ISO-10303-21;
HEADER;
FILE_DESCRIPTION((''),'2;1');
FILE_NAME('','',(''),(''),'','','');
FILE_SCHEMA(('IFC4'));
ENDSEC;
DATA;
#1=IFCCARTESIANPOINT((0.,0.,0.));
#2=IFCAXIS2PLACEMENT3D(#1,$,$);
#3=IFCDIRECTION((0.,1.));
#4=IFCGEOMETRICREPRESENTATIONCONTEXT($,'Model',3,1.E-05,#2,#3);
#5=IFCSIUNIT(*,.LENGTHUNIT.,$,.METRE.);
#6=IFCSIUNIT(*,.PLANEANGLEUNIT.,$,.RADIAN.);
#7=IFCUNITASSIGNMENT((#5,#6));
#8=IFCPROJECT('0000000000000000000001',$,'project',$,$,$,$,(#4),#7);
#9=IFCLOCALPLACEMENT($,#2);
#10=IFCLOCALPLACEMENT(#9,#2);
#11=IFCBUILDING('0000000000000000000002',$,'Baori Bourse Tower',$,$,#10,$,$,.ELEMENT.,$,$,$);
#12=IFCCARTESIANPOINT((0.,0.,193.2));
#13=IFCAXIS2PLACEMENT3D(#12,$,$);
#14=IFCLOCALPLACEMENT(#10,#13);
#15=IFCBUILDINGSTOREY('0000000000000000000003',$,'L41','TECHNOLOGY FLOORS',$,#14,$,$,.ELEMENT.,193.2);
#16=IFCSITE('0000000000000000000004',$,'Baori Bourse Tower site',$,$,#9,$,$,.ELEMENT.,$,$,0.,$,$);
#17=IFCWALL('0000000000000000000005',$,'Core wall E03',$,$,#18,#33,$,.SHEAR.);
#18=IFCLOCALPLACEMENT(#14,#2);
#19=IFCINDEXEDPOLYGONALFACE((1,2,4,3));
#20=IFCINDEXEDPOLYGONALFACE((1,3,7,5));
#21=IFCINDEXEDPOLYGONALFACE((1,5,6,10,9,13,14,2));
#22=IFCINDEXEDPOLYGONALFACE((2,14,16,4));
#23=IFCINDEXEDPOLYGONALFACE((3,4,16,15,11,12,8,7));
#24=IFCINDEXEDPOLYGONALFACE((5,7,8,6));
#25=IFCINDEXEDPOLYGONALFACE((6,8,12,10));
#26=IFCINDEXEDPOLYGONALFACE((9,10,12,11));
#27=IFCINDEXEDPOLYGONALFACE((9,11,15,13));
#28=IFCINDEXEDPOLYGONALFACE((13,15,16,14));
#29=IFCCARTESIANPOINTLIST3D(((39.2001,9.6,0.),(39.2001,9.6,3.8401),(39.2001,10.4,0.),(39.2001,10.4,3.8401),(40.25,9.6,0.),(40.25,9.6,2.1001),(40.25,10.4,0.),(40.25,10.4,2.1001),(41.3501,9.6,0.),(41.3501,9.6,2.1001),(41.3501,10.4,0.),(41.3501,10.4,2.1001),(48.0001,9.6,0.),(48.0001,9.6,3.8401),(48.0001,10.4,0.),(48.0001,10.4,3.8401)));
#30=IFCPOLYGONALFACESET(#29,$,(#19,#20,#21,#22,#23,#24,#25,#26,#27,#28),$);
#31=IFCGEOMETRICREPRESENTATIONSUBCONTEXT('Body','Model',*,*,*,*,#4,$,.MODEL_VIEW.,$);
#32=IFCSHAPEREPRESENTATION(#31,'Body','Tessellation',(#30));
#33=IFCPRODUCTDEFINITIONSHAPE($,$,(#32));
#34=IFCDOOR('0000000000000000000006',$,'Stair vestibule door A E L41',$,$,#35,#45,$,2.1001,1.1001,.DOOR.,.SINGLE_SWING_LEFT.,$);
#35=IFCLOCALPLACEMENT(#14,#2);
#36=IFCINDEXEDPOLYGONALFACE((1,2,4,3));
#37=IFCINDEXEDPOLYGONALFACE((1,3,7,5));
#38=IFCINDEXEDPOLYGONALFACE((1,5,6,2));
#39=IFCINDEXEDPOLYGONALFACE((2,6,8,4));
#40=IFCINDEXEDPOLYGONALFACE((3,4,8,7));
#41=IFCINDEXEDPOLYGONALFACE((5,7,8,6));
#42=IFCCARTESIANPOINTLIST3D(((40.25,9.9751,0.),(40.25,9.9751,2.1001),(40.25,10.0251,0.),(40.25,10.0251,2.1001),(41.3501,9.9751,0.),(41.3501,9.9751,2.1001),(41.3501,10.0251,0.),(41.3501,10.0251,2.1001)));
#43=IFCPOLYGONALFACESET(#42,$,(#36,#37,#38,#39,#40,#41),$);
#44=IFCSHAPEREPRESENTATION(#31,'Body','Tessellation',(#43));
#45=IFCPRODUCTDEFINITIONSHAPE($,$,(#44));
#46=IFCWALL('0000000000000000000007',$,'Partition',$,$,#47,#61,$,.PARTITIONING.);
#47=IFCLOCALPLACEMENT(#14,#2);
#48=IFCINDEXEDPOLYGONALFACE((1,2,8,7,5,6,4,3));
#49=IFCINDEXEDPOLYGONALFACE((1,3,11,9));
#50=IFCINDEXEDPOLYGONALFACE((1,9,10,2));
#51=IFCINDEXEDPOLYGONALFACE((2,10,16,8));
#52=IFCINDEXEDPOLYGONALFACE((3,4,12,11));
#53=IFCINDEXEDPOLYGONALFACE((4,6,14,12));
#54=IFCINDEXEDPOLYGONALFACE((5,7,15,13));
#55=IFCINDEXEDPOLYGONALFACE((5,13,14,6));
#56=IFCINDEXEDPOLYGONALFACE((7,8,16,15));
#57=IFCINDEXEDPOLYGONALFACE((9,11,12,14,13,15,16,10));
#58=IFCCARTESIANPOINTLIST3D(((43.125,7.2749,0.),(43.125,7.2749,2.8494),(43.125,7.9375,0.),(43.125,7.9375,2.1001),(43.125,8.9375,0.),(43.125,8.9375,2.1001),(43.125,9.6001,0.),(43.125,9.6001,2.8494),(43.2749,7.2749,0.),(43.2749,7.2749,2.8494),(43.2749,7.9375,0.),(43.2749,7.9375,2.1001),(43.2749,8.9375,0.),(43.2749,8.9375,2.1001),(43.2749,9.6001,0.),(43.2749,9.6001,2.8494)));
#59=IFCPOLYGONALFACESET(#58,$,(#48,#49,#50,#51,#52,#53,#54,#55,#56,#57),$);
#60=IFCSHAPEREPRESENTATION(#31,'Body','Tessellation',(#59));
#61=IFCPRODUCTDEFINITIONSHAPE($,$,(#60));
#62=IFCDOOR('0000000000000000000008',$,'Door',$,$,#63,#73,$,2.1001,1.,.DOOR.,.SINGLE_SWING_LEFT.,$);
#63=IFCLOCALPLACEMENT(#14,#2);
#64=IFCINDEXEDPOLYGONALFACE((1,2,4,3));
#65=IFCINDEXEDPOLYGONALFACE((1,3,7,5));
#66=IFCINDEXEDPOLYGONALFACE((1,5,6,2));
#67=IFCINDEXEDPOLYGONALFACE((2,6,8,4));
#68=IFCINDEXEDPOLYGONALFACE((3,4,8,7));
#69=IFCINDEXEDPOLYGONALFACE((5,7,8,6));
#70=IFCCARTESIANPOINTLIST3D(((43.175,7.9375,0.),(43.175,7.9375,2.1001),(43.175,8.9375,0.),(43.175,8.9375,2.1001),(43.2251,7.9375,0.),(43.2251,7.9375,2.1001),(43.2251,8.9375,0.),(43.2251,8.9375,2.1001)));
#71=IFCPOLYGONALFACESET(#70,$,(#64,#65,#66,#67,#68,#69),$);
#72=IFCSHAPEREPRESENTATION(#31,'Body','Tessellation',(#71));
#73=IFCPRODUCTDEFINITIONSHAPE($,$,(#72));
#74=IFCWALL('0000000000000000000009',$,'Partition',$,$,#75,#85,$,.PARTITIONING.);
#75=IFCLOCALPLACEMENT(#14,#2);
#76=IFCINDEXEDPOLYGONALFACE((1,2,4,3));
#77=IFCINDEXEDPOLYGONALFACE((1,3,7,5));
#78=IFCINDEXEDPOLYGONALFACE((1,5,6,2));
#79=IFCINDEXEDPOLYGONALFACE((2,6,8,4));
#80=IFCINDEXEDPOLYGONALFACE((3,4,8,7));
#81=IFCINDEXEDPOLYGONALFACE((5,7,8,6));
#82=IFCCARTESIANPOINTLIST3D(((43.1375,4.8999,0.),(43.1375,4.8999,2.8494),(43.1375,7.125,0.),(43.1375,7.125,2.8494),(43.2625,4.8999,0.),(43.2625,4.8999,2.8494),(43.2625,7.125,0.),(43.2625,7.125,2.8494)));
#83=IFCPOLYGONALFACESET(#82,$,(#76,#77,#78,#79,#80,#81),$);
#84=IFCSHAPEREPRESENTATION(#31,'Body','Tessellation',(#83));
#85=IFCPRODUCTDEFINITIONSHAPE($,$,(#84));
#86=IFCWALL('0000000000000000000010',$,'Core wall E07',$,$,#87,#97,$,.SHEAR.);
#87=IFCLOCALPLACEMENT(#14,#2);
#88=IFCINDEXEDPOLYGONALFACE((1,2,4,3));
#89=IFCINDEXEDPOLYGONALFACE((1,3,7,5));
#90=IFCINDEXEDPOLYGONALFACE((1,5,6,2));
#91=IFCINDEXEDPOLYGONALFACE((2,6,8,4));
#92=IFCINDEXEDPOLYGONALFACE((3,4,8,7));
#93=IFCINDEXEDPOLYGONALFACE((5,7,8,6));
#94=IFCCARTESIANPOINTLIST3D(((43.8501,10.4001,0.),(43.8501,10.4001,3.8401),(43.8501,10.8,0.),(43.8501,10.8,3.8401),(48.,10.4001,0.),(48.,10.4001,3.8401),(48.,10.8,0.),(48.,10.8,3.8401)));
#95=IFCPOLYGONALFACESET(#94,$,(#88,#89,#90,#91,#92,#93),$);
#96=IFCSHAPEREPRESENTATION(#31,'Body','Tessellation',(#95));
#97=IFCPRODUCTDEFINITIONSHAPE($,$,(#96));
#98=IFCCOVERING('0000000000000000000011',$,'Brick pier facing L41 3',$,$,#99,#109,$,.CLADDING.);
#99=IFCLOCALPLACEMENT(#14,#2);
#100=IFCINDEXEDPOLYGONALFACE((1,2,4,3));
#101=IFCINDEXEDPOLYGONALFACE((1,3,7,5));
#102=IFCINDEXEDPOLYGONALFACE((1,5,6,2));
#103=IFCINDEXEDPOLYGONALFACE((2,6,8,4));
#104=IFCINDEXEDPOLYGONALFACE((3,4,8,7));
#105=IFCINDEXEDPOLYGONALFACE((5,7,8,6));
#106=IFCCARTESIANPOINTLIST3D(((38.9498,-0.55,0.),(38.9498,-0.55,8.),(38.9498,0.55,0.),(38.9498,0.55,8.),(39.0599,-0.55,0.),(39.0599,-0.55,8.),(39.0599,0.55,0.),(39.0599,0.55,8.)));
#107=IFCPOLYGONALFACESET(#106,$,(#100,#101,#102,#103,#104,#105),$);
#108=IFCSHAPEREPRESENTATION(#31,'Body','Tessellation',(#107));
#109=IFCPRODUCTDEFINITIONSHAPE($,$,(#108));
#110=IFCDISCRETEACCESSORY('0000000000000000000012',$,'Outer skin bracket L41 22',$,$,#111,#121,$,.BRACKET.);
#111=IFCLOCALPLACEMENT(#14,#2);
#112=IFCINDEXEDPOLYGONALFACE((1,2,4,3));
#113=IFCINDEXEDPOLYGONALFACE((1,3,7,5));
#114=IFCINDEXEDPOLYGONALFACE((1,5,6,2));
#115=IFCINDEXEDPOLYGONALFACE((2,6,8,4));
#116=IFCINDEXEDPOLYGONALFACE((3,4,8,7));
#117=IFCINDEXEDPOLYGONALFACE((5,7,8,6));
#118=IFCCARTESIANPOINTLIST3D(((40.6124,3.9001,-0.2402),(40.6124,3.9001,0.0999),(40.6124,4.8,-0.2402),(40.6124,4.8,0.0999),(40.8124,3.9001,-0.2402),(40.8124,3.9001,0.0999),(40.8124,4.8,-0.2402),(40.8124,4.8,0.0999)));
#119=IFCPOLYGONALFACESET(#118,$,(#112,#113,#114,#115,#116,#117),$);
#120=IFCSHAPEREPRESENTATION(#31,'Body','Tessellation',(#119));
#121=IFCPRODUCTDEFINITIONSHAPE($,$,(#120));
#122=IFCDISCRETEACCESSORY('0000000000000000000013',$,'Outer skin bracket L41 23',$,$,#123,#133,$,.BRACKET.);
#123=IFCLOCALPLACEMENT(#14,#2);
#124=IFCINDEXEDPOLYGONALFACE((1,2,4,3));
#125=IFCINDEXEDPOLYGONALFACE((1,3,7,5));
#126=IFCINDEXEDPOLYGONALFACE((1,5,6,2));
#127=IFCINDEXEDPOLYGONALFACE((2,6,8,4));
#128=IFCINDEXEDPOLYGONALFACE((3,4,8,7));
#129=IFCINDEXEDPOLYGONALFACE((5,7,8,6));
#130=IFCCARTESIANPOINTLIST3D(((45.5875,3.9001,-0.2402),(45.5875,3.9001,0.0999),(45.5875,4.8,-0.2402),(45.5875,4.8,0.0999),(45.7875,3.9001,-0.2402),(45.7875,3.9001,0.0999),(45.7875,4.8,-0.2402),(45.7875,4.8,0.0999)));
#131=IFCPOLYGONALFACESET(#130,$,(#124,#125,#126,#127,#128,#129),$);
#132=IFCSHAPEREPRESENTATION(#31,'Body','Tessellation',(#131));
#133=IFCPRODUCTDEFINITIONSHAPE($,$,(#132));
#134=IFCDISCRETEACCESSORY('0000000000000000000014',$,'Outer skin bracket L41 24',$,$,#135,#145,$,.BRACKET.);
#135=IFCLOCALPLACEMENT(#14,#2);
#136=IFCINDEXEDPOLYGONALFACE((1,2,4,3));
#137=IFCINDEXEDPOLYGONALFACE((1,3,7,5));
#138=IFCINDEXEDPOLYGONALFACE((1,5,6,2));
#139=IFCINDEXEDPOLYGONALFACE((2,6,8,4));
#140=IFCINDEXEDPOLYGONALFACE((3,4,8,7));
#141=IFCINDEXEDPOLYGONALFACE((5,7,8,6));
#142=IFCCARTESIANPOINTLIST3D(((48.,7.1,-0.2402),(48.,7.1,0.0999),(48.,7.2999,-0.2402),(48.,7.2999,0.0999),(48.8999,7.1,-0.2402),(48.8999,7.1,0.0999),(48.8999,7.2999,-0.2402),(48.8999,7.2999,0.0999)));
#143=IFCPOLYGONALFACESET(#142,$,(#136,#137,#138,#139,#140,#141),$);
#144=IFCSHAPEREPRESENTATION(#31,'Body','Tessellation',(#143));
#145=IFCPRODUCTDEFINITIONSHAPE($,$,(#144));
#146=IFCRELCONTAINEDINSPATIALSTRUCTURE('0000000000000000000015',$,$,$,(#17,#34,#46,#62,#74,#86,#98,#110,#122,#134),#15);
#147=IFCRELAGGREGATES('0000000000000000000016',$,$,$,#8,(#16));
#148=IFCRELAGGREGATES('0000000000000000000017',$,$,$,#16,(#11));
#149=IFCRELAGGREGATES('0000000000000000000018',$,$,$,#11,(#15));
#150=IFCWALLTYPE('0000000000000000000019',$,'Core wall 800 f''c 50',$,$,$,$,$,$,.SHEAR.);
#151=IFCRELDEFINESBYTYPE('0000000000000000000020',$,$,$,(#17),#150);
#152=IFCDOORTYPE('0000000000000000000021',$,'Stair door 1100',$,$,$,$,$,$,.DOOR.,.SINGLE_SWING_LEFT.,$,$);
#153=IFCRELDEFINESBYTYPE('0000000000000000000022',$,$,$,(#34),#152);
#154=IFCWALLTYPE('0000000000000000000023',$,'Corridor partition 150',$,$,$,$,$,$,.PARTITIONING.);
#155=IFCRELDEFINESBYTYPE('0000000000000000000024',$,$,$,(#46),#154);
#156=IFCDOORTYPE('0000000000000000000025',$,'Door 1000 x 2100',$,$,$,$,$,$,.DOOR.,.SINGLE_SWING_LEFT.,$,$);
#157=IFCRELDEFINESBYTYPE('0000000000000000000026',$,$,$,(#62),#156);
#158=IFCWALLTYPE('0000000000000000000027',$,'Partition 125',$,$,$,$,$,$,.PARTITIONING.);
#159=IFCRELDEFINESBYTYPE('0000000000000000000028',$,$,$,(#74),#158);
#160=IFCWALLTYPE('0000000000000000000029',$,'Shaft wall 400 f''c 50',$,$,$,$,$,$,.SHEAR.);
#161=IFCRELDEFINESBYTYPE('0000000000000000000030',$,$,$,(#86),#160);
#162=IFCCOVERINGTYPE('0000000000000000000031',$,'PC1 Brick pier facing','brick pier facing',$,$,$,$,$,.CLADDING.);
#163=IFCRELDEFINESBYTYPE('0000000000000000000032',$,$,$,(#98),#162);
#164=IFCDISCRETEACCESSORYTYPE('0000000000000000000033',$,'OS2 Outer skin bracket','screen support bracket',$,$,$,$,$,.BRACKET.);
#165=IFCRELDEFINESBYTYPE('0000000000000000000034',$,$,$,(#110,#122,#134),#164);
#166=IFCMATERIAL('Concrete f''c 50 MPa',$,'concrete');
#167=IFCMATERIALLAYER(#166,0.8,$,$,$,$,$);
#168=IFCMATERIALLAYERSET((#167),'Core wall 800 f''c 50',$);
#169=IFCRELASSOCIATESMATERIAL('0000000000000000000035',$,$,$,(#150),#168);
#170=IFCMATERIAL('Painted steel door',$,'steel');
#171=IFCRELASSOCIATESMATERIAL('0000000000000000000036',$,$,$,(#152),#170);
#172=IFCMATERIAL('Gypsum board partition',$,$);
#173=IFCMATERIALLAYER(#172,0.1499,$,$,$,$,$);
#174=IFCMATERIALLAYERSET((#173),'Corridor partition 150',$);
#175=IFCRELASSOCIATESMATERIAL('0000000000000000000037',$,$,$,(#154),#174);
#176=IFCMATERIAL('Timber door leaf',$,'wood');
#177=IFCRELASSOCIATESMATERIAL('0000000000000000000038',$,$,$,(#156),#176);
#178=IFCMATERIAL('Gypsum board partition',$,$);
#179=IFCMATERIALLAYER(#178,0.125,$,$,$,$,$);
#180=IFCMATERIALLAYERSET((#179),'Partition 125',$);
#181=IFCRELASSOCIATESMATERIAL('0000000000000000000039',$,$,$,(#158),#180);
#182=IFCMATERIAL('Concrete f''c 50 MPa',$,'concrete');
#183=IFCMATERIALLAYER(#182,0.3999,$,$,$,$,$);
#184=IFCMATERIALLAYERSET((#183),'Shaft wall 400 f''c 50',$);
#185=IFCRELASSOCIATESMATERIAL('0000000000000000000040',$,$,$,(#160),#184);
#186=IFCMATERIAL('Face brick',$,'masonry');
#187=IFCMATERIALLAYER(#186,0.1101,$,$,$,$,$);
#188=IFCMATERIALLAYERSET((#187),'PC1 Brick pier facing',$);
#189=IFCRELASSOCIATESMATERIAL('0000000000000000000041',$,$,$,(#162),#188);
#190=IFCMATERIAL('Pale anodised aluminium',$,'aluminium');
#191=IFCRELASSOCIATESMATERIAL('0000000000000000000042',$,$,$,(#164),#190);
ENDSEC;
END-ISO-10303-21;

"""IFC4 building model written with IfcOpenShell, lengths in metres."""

from ifc_helpers import new_model, si_unit, direction, frame, frame_2d, origin, origin_2d, place, context, subcontext, project, spatial, rectangle, extrude, material, layer, layer_set, type_object, element, fill, save


model = new_model("IFC4")

# Units and contexts
model_context = context("Model", 3, precision=1e-05, world=origin(), true_north=direction((0.0, 1.0)))
body_context = subcontext(model_context, "Body", "Model", "MODEL_VIEW")
ifc_project = project(units=[si_unit("LENGTHUNIT", "METRE"), si_unit("PLANEANGLEUNIT", "RADIAN")], contexts=[model_context])

# Site, building, storey
site_placement = place(None, origin())
site = spatial("IfcSite", under=ifc_project, at=site_placement, Name="Baori Bourse Tower site", CompositionType="ELEMENT", RefElevation=0.0)
building_placement = place(site_placement, origin())
building = spatial("IfcBuilding", under=site, at=building_placement, Name="Baori Bourse Tower", CompositionType="ELEMENT")
storey_placement = place(building_placement, frame((0.0, 0.0, 193.2)))
storey = spatial("IfcBuildingStorey", under=building, at=storey_placement, Name="L41", Description="TECHNOLOGY FLOORS", CompositionType="ELEMENT", Elevation=193.2)

# Shared definitions
ifc_material_1 = material(Name="Concrete f'c 50 MPa", Category="concrete")
ifc_layer_1 = layer(ifc_material_1, 0.8)
ifc_layer_set_1 = layer_set([ifc_layer_1], Name="Core wall 800 f'c 50")
wall_type_1 = type_object("IfcWallType", Name="Core wall 800 f'c 50", PredefinedType="SHEAR", material=ifc_layer_set_1)

# Walls, openings, doors
wall_1_placement = place(storey_placement, frame((48.0, 10.0, 0.0), z_axis=(0.0, 0.0, 1.0), x_axis=(-1.0, 0.0, 0.0)))
wall_1 = element("IfcWall", 1, at=wall_1_placement, inside=storey, type_object=wall_type_1, Name="Core wall E03", PredefinedType="SHEAR", context=body_context, shape_type="SweptSolid", body=[
    extrude(rectangle(XDim=8.8, YDim=0.8, at=frame_2d((4.3999, 0.0))), origin(), (0.0, 0.0, 1.0), 3.8401),
])
opening_1_placement = place(wall_1_placement, frame((6.6499, 0.0, 0.0)))
opening_1 = element("IfcOpeningElement", 2, at=opening_1_placement, cuts=wall_1, PredefinedType="OPENING", context=body_context, shape_type="SweptSolid", body=[
    extrude(rectangle(XDim=1.1001, YDim=2.1001, at=frame_2d((0.55, 1.05))), frame((0.0, 0.4099, 0.0), z_axis=(0.0, -1.0, 0.0), x_axis=(1.0, 0.0, 0.0)), (0.0, 0.0, 1.0), 0.8201),
])
ifc_material_2 = material(Name="Painted steel door", Category="steel")
door_type_1 = type_object("IfcDoorType", Name="Stair door 1100", OperationType="SINGLE_SWING_LEFT", PredefinedType="DOOR", material=ifc_material_2)
door_1_placement = place(opening_1_placement, origin())
door_1 = element("IfcDoor", 3, at=door_1_placement, inside=storey, type_object=door_type_1, Name="Stair vestibule door A E L41", OperationType="SINGLE_SWING_LEFT", OverallHeight=2.1001, OverallWidth=1.1001, PredefinedType="DOOR", context=body_context, shape_type="SweptSolid", body=[
    extrude(rectangle(XDim=1.1001, YDim=2.1001, at=frame_2d((0.55, 1.05))), frame((0.0, 0.0249, 0.0), z_axis=(0.0, -1.0, 0.0), x_axis=(1.0, 0.0, 0.0)), (0.0, 0.0, 1.0), 0.05),
])
fill(opening_1, door_1)
ifc_material_3 = material(Name="Gypsum board partition")
ifc_layer_2 = layer(ifc_material_3, 0.1499)
ifc_layer_set_2 = layer_set([ifc_layer_2], Name="Corridor partition 150")
wall_type_2 = type_object("IfcWallType", Name="Corridor partition 150", PredefinedType="PARTITIONING", material=ifc_layer_set_2)
wall_2_placement = place(storey_placement, frame((43.2, 7.2749, 0.0), z_axis=(0.0, 0.0, 1.0), x_axis=(0.0, 1.0, 0.0)))
wall_2 = element("IfcWall", 4, at=wall_2_placement, inside=storey, type_object=wall_type_2, Name="Partition", PredefinedType="PARTITIONING", context=body_context, shape_type="SweptSolid", body=[
    extrude(rectangle(XDim=2.3252, YDim=0.1499, at=frame_2d((1.1626, 0.0))), origin(), (0.0, 0.0, 1.0), 2.8494),
])
opening_2_placement = place(wall_2_placement, frame((0.6626, 0.0, 0.0)))
opening_2 = element("IfcOpeningElement", 5, at=opening_2_placement, cuts=wall_2, PredefinedType="OPENING", context=body_context, shape_type="SweptSolid", body=[
    extrude(rectangle(XDim=1.0, YDim=2.1001, at=frame_2d((0.5, 1.05))), frame((0.0, 0.085, 0.0), z_axis=(0.0, -1.0, 0.0), x_axis=(1.0, 0.0, 0.0)), (0.0, 0.0, 1.0), 0.1699),
])
ifc_material_4 = material(Name="Timber door leaf", Category="wood")
door_type_2 = type_object("IfcDoorType", Name="Door 1000 x 2100", OperationType="SINGLE_SWING_LEFT", PredefinedType="DOOR", material=ifc_material_4)
door_2_placement = place(opening_2_placement, origin())
door_2 = element("IfcDoor", 6, at=door_2_placement, inside=storey, type_object=door_type_2, Name="Door", OperationType="SINGLE_SWING_LEFT", OverallHeight=2.1001, OverallWidth=1.0, PredefinedType="DOOR", context=body_context, shape_type="SweptSolid", body=[
    extrude(rectangle(XDim=1.0, YDim=2.1001, at=frame_2d((0.5, 1.05))), frame((0.0, 0.0249, 0.0), z_axis=(0.0, -1.0, 0.0), x_axis=(1.0, 0.0, 0.0)), (0.0, 0.0, 1.0), 0.05),
])
fill(opening_2, door_2)

# Walls
ifc_material_5 = material(Name="Gypsum board partition")
ifc_layer_3 = layer(ifc_material_5, 0.125)
ifc_layer_set_3 = layer_set([ifc_layer_3], Name="Partition 125")
wall_type_3 = type_object("IfcWallType", Name="Partition 125", PredefinedType="PARTITIONING", material=ifc_layer_set_3)
wall_3_placement = place(storey_placement, frame((43.2, 4.8999, 0.0), z_axis=(0.0, 0.0, 1.0), x_axis=(0.0, 1.0, 0.0)))
element("IfcWall", 7, at=wall_3_placement, inside=storey, type_object=wall_type_3, Name="Partition", PredefinedType="PARTITIONING", context=body_context, shape_type="SweptSolid", body=[
    extrude(rectangle(XDim=2.2251, YDim=0.125, at=frame_2d((1.1125, 0.0))), origin(), (0.0, 0.0, 1.0), 2.8494),
])
ifc_material_6 = material(Name="Concrete f'c 50 MPa", Category="concrete")
ifc_layer_4 = layer(ifc_material_6, 0.3999)
ifc_layer_set_4 = layer_set([ifc_layer_4], Name="Shaft wall 400 f'c 50")
wall_type_4 = type_object("IfcWallType", Name="Shaft wall 400 f'c 50", PredefinedType="SHEAR", material=ifc_layer_set_4)
wall_4_placement = place(storey_placement, frame((43.8501, 10.6001, 0.0), z_axis=(0.0, 0.0, 1.0), x_axis=(1.0, 0.0, 0.0)))
element("IfcWall", 8, at=wall_4_placement, inside=storey, type_object=wall_type_4, Name="Core wall E07", PredefinedType="SHEAR", context=body_context, shape_type="SweptSolid", body=[
    extrude(rectangle(XDim=4.1499, YDim=0.3999, at=frame_2d((2.075, 0.0))), origin(), (0.0, 0.0, 1.0), 3.8401),
])

# Covering
ifc_material_7 = material(Name="Face brick", Category="masonry")
ifc_layer_5 = layer(ifc_material_7, 0.1101)
ifc_layer_set_5 = layer_set([ifc_layer_5], Name="PC1 Brick pier facing")
covering_type = type_object("IfcCoveringType", Name="PC1 Brick pier facing", Description="brick pier facing", PredefinedType="CLADDING", material=ifc_layer_set_5)
covering_placement = place(storey_placement, frame((39.0049, 0.0, 0.0), z_axis=(0.0, 0.0, 1.0), x_axis=(1.0, 0.0, 0.0)))
element("IfcCovering", 9, at=covering_placement, inside=storey, type_object=covering_type, Name="Brick pier facing L41 3", PredefinedType="CLADDING", context=body_context, shape_type="SweptSolid", body=[
    extrude(rectangle(XDim=0.1101, YDim=1.1001, at=origin_2d()), origin(), (0.0, 0.0, 1.0), 8.0),
])

# Discrete accessories
ifc_material_8 = material(Name="Pale anodised aluminium", Category="aluminium")
discrete_accessory_type = type_object("IfcDiscreteAccessoryType", Name="OS2 Outer skin bracket", Description="screen support bracket", PredefinedType="BRACKET", material=ifc_material_8)
for number, where, z_axis, x_axis, name in (
    (10, (40.7124, 4.3501, -0.2402), (0.0, 0.0, 1.0), (1.0, 0.0, 0.0), "Outer skin bracket L41 22"),
    (11, (45.6875, 4.3501, -0.2402), (0.0, 0.0, 1.0), (1.0, 0.0, 0.0), "Outer skin bracket L41 23"),
    (12, (48.45, 7.2, -0.2402), (0.0, 0.0, 1.0), (0.0, 1.0, 0.0), "Outer skin bracket L41 24"),
):
    element("IfcDiscreteAccessory", number, at=place(storey_placement, frame(where, z_axis=z_axis, x_axis=x_axis)), inside=storey, type_object=discrete_accessory_type, Name=name, PredefinedType="BRACKET", context=body_context, shape_type="SweptSolid", body=[
        extrude(rectangle(XDim=0.2, YDim=0.8999, at=origin_2d()), origin(), (0.0, 0.0, 1.0), 0.3401),
    ])

save(model, "model.ifc")
